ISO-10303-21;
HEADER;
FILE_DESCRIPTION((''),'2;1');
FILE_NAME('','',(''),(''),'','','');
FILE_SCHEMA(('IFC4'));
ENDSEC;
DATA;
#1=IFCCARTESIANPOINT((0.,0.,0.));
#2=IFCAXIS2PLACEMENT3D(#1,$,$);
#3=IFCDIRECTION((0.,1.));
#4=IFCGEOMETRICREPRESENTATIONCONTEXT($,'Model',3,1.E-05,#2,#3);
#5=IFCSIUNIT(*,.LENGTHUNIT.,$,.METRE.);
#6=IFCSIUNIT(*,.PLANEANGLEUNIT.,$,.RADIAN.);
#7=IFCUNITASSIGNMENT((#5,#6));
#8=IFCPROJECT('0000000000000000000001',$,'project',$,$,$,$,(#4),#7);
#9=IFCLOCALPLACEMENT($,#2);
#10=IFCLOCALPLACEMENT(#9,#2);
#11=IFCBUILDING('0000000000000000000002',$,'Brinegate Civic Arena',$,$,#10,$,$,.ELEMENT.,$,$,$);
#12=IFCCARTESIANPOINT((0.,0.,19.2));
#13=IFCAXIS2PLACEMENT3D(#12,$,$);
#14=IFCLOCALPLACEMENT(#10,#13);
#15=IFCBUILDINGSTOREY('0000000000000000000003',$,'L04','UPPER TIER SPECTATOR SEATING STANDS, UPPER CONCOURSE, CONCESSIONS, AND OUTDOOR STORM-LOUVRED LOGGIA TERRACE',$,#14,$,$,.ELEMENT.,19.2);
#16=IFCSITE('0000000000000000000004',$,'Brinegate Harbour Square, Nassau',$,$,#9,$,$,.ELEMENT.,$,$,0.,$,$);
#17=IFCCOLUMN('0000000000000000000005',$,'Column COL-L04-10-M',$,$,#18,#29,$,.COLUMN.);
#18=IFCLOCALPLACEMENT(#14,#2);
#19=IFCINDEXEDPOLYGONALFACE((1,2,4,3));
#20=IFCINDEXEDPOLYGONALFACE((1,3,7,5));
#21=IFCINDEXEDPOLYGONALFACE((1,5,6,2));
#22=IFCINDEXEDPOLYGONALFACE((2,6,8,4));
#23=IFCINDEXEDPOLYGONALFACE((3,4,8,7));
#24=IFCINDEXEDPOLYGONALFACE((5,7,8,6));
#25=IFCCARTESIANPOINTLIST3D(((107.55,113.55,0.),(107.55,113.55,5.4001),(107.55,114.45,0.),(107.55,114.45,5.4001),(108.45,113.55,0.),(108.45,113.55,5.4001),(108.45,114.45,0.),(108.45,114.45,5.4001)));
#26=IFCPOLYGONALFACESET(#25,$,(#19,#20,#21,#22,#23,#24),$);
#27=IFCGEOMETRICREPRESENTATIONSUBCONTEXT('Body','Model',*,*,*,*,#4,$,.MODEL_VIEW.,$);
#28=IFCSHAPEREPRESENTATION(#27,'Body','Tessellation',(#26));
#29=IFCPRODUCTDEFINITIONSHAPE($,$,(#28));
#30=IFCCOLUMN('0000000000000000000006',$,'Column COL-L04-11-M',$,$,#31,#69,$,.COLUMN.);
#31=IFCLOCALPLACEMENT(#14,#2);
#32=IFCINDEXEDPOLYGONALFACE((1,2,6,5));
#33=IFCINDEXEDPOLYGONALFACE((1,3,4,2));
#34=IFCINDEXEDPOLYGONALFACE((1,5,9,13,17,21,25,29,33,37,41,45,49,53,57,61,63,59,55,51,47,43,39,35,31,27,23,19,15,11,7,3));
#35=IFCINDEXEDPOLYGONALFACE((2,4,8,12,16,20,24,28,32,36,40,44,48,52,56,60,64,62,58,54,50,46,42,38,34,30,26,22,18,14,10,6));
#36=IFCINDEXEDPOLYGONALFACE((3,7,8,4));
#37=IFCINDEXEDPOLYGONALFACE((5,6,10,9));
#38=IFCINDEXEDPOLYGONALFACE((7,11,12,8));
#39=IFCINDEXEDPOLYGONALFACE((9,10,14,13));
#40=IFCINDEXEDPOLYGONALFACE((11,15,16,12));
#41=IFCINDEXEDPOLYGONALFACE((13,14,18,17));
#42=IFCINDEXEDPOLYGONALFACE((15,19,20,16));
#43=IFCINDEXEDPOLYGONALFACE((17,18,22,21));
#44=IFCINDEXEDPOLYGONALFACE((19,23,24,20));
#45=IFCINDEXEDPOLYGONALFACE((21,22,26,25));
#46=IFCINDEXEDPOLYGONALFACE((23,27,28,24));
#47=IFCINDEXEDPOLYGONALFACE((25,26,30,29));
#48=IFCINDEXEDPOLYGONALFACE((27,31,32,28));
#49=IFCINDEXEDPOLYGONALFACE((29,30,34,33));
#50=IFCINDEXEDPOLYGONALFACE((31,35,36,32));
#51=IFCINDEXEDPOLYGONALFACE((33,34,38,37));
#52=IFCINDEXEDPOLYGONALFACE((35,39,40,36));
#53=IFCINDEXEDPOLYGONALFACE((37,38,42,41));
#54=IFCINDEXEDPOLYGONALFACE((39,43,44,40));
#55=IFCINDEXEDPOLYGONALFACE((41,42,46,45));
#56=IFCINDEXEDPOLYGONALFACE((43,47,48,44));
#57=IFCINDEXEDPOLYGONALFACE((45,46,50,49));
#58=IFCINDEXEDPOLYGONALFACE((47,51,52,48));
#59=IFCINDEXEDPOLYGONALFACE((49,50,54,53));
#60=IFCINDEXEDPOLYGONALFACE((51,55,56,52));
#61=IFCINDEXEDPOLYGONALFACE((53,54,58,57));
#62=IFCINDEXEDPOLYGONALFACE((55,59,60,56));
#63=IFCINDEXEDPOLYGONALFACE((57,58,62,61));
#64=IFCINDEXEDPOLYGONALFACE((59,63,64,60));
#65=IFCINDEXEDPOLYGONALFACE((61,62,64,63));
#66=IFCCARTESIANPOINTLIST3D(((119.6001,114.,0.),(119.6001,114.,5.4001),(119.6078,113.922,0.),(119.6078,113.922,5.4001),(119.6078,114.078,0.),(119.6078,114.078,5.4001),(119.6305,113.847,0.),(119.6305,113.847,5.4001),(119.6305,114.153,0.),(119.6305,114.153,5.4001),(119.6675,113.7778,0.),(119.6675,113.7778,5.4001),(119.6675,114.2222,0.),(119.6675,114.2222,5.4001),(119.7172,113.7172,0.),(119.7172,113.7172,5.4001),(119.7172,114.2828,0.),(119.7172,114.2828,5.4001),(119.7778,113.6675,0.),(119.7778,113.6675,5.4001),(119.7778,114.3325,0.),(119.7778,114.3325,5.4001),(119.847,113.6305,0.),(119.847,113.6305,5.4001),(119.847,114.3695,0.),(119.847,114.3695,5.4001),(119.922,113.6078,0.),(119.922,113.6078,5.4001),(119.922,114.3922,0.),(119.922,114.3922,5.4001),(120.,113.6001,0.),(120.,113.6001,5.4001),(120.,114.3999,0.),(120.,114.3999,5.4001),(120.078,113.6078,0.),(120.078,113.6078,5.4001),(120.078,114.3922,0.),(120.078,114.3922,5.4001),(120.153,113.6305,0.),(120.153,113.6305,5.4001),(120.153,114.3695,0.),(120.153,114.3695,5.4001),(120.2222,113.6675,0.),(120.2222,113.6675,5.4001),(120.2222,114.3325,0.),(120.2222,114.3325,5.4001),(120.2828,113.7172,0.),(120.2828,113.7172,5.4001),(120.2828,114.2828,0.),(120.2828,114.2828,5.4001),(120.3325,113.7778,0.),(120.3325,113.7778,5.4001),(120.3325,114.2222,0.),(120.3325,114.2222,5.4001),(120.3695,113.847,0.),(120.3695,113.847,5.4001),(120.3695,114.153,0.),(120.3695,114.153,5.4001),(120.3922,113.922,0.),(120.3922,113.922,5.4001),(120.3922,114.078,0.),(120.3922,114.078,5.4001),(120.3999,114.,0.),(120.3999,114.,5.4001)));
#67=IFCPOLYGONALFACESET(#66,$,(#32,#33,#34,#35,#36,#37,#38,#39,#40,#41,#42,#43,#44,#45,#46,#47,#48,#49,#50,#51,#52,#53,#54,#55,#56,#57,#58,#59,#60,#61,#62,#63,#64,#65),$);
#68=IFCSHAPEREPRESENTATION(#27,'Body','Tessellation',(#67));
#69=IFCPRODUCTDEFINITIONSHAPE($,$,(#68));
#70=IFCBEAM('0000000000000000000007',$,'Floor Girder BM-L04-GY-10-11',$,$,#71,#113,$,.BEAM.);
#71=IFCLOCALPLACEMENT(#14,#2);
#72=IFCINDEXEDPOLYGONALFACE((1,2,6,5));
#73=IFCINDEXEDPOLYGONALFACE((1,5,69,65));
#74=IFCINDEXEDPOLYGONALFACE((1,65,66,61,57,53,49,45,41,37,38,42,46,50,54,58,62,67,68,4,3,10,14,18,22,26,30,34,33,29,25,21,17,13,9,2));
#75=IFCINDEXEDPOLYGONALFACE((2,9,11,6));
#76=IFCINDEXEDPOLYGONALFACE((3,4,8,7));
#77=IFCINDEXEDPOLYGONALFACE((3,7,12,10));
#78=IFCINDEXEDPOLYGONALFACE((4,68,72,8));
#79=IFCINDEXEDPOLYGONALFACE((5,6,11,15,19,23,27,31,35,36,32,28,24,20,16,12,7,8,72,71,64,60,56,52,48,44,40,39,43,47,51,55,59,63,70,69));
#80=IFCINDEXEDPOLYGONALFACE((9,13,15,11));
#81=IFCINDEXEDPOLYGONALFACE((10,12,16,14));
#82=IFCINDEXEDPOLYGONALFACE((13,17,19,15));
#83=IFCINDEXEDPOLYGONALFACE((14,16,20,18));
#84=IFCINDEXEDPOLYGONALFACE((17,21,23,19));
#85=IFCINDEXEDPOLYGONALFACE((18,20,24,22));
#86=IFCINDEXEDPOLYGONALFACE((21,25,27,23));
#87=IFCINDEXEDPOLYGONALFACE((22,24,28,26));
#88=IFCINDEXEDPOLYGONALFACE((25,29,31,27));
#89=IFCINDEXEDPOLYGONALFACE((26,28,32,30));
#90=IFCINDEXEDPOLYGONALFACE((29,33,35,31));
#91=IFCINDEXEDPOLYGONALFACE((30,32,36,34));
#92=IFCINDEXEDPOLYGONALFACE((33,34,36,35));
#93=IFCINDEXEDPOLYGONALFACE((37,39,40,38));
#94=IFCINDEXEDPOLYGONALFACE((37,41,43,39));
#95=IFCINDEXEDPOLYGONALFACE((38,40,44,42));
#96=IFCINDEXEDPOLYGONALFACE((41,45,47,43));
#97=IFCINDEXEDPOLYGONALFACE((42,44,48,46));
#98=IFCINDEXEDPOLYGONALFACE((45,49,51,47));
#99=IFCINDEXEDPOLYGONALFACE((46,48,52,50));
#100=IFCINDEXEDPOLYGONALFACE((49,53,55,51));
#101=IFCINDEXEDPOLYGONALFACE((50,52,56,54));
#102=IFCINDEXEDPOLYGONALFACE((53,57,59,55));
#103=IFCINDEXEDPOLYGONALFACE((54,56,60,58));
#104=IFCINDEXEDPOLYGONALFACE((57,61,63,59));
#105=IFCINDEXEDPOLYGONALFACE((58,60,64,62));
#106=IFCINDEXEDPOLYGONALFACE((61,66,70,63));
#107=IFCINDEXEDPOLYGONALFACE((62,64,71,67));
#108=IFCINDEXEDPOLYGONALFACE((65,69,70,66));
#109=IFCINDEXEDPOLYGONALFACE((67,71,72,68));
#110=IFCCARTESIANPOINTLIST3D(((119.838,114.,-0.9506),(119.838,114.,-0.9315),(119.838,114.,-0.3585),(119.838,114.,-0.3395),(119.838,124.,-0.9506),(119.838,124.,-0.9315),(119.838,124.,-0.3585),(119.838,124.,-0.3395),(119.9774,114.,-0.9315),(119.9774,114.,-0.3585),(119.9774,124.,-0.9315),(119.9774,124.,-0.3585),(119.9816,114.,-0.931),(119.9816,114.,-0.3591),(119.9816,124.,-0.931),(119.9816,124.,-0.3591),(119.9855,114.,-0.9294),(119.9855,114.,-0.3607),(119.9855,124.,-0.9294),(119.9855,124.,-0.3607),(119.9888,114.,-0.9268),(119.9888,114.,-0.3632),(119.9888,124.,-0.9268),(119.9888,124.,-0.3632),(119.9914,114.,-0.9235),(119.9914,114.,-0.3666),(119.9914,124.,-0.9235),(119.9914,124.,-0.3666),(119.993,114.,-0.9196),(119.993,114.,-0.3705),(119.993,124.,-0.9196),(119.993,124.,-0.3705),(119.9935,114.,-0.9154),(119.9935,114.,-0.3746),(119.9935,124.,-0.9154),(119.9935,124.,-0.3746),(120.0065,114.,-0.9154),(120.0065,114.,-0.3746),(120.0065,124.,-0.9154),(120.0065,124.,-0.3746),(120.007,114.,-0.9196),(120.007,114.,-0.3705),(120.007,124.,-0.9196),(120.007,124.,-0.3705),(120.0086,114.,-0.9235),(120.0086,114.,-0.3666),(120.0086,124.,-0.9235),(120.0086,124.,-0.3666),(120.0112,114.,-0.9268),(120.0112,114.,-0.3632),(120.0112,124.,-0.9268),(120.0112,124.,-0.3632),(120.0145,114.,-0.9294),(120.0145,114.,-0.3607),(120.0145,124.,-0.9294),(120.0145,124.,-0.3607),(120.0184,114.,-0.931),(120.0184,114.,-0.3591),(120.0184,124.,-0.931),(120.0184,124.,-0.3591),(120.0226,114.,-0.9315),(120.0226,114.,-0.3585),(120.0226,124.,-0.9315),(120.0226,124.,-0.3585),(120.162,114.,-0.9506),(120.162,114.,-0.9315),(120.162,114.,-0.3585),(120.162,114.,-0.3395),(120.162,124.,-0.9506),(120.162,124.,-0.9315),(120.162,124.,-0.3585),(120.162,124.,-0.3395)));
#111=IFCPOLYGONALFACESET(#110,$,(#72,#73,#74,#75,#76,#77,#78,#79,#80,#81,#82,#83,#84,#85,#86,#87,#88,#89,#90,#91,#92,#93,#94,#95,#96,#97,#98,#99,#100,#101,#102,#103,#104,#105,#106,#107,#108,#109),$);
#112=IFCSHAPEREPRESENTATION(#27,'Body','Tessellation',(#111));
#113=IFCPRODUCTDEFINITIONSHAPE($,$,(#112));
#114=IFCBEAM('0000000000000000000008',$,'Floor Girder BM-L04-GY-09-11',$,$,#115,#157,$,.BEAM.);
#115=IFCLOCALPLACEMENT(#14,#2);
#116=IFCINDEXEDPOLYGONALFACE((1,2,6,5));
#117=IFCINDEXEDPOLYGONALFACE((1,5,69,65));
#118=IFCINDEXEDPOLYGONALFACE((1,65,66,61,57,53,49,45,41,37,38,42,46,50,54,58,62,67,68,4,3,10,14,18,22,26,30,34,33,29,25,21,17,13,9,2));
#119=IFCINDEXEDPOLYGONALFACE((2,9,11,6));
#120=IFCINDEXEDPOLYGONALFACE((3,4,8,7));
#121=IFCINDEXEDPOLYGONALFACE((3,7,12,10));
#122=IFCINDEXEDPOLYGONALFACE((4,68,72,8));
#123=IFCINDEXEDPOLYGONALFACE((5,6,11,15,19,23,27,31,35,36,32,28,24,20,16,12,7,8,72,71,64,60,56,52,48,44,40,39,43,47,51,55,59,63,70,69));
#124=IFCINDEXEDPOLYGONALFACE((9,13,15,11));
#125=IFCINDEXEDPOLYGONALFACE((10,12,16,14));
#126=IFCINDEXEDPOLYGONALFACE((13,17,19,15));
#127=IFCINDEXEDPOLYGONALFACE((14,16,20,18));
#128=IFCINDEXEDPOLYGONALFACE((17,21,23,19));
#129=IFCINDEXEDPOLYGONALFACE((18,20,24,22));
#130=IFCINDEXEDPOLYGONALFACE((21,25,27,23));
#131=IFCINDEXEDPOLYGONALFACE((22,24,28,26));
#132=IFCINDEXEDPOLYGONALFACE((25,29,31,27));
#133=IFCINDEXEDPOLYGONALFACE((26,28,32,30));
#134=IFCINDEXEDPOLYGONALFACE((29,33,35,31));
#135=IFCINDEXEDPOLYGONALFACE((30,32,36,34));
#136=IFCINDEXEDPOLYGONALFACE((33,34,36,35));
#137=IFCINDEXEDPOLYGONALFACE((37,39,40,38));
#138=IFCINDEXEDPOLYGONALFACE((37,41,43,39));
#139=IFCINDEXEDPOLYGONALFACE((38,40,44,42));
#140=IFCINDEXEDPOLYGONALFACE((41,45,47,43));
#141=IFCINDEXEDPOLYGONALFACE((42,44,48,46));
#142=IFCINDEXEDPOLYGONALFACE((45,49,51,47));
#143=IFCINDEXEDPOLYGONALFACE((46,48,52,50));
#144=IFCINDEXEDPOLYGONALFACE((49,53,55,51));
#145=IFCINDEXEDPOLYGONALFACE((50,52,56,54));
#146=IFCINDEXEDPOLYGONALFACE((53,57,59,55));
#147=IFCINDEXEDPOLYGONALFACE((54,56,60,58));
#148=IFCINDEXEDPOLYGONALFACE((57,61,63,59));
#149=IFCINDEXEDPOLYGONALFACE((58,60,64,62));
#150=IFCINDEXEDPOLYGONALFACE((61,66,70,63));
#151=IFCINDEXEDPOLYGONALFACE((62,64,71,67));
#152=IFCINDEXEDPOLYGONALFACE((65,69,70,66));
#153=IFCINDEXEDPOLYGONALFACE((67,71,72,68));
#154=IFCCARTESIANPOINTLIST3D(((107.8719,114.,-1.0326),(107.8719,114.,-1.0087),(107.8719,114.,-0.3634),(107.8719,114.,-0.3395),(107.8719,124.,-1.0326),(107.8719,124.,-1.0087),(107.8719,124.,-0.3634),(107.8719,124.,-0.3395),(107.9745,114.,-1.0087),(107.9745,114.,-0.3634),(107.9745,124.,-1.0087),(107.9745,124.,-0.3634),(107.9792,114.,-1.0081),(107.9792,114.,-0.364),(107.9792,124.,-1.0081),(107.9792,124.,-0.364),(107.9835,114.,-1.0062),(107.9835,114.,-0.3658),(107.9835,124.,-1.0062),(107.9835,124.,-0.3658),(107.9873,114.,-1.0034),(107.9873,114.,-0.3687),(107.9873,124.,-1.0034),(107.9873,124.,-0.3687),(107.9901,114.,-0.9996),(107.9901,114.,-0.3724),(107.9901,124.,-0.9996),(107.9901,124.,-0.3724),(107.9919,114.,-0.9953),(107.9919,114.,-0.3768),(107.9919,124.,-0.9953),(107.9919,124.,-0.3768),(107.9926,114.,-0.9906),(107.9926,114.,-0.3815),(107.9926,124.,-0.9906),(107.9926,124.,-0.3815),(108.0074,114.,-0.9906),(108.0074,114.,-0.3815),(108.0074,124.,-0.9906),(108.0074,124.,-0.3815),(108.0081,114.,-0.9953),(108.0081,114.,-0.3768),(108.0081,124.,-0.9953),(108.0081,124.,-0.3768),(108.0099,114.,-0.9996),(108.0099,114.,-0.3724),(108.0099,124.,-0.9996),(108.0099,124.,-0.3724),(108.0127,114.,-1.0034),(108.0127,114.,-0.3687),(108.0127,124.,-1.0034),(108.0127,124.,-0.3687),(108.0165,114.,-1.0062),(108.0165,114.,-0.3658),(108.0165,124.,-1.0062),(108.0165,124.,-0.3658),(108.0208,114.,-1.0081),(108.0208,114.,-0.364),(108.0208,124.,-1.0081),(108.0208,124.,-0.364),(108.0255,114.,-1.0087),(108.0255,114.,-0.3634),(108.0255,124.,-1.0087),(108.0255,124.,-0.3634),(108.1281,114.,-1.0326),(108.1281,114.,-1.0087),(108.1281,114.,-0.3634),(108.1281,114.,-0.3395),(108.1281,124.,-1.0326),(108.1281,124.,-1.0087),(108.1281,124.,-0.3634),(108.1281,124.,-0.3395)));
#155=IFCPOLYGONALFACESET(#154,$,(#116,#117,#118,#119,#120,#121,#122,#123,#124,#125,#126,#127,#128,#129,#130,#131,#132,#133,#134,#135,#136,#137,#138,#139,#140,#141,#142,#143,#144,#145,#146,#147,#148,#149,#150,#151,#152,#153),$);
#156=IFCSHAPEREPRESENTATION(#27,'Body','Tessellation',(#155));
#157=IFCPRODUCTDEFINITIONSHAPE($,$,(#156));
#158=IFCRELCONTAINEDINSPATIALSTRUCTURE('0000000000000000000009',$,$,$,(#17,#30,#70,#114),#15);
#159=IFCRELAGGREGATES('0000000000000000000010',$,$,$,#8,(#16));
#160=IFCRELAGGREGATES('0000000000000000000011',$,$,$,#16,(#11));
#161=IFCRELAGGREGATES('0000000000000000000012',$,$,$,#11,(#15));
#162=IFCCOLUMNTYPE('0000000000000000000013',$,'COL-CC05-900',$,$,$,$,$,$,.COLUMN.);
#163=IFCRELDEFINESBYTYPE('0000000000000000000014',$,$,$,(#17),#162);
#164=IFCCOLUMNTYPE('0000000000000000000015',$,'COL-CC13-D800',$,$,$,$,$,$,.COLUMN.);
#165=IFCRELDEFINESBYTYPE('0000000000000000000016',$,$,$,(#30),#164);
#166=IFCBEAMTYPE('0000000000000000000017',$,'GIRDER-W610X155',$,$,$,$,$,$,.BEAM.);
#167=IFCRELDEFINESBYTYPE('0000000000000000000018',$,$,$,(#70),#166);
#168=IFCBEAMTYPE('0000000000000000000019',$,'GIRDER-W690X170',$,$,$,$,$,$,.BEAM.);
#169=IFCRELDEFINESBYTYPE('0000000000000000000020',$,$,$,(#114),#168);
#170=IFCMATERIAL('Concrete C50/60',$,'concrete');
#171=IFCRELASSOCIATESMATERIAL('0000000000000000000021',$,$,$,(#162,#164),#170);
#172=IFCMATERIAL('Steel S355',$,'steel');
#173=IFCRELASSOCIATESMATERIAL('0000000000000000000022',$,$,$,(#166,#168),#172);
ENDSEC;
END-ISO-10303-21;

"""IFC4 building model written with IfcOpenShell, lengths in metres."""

from ifc_helpers import new_model, si_unit, direction, frame, origin, origin_2d, place, context, subcontext, project, spatial, rectangle, circle, i_section, extrude, material, material_profile, profile_set, type_object, element, save


model = new_model("IFC4")

# Units and contexts
model_context = context("Model", 3, precision=1e-05, world=origin(), true_north=direction((0.0, 1.0)))
body_context = subcontext(model_context, "Body", "Model", "MODEL_VIEW")
ifc_project = project(units=[si_unit("LENGTHUNIT", "METRE"), si_unit("PLANEANGLEUNIT", "RADIAN")], contexts=[model_context])

# Site, building, storey
site_placement = place(None, origin())
site = spatial("IfcSite", under=ifc_project, at=site_placement, Name="Brinegate Harbour Square, Nassau", CompositionType="ELEMENT", RefElevation=0.0)
building_placement = place(site_placement, origin())
building = spatial("IfcBuilding", under=site, at=building_placement, Name="Brinegate Civic Arena", CompositionType="ELEMENT")
storey_placement = place(building_placement, frame((0.0, 0.0, 19.2)))
storey = spatial("IfcBuildingStorey", under=building, at=storey_placement, Name="L04", Description="UPPER TIER SPECTATOR SEATING STANDS, UPPER CONCOURSE, CONCESSIONS, AND OUTDOOR STORM-LOUVRED LOGGIA TERRACE", CompositionType="ELEMENT", Elevation=19.2)

# Columns
ifc_material_1 = material(Name="Concrete C50/60", Category="concrete")
ifc_material_profile_1 = material_profile(ifc_material_1, rectangle(XDim=0.8999, YDim=0.8999, at=origin_2d()), Name="RC900X900")
ifc_profile_set_1 = profile_set([ifc_material_profile_1], Name="Concrete C50/60")
column_type_1 = type_object("IfcColumnType", Name="COL-CC05-900", PredefinedType="COLUMN", material=ifc_profile_set_1)
column_1_placement = place(storey_placement, frame((108.0, 114.0, 0.0), z_axis=(0.0, 0.0, 1.0), x_axis=(1.0, 0.0, 0.0)))
element("IfcColumn", 1, at=column_1_placement, inside=storey, type_object=column_type_1, Name="Column COL-L04-10-M", PredefinedType="COLUMN", context=body_context, shape_type="SweptSolid", body=[
    extrude(rectangle(XDim=0.8999, YDim=0.8999, at=origin_2d()), origin(), (0.0, 0.0, 1.0), 5.4001),
])
ifc_material_profile_2 = material_profile(ifc_material_1, circle(Radius=0.3999, at=origin_2d()), Name="RCD800")
ifc_profile_set_2 = profile_set([ifc_material_profile_2], Name="Concrete C50/60")
column_type_2 = type_object("IfcColumnType", Name="COL-CC13-D800", PredefinedType="COLUMN", material=ifc_profile_set_2)
column_2_placement = place(storey_placement, frame((120.0, 114.0, 0.0), z_axis=(0.0, 0.0, 1.0), x_axis=(1.0, 0.0, 0.0)))
element("IfcColumn", 2, at=column_2_placement, inside=storey, type_object=column_type_2, Name="Column COL-L04-11-M", PredefinedType="COLUMN", context=body_context, shape_type="SweptSolid", body=[
    extrude(circle(Radius=0.3999, at=origin_2d()), origin(), (0.0, 0.0, 1.0), 5.4001),
])

# Beams
ifc_material_2 = material(Name="Steel S355", Category="steel")
ifc_material_profile_3 = material_profile(ifc_material_2, i_section(OverallWidth=0.324, OverallDepth=0.6111, WebThickness=0.0129, FlangeThickness=0.019, FilletRadius=0.0161, at=origin_2d()), Name="W610X155")
ifc_profile_set_3 = profile_set([ifc_material_profile_3], Name="Steel S355")
beam_type_1 = type_object("IfcBeamType", Name="GIRDER-W610X155", PredefinedType="BEAM", material=ifc_profile_set_3)
beam_1_placement = place(storey_placement, frame((120.0, 114.0, -0.645), z_axis=(0.0, 1.0, 0.0), x_axis=(-1.0, 0.0, 0.0)))
element("IfcBeam", 3, at=beam_1_placement, inside=storey, type_object=beam_type_1, Name="Floor Girder BM-L04-GY-10-11", PredefinedType="BEAM", context=body_context, shape_type="SweptSolid", body=[
    extrude(i_section(OverallWidth=0.324, OverallDepth=0.6111, WebThickness=0.0129, FlangeThickness=0.019, FilletRadius=0.0161, at=origin_2d()), origin(), (0.0, 0.0, 1.0), 10.0),
])
ifc_material_profile_4 = material_profile(ifc_material_2, i_section(OverallWidth=0.2561, OverallDepth=0.6931, WebThickness=0.0149, FlangeThickness=0.0239, FilletRadius=0.0181, at=origin_2d()), Name="W690X170")
ifc_profile_set_4 = profile_set([ifc_material_profile_4], Name="Steel S355")
beam_type_2 = type_object("IfcBeamType", Name="GIRDER-W690X170", PredefinedType="BEAM", material=ifc_profile_set_4)
beam_2_placement = place(storey_placement, frame((108.0, 114.0, -0.686), z_axis=(0.0, 1.0, 0.0), x_axis=(-1.0, 0.0, 0.0)))
element("IfcBeam", 4, at=beam_2_placement, inside=storey, type_object=beam_type_2, Name="Floor Girder BM-L04-GY-09-11", PredefinedType="BEAM", context=body_context, shape_type="SweptSolid", body=[
    extrude(i_section(OverallWidth=0.2561, OverallDepth=0.6931, WebThickness=0.0149, FlangeThickness=0.0239, FilletRadius=0.0181, at=origin_2d()), origin(), (0.0, 0.0, 1.0), 10.0),
])

save(model, "model.ifc")
